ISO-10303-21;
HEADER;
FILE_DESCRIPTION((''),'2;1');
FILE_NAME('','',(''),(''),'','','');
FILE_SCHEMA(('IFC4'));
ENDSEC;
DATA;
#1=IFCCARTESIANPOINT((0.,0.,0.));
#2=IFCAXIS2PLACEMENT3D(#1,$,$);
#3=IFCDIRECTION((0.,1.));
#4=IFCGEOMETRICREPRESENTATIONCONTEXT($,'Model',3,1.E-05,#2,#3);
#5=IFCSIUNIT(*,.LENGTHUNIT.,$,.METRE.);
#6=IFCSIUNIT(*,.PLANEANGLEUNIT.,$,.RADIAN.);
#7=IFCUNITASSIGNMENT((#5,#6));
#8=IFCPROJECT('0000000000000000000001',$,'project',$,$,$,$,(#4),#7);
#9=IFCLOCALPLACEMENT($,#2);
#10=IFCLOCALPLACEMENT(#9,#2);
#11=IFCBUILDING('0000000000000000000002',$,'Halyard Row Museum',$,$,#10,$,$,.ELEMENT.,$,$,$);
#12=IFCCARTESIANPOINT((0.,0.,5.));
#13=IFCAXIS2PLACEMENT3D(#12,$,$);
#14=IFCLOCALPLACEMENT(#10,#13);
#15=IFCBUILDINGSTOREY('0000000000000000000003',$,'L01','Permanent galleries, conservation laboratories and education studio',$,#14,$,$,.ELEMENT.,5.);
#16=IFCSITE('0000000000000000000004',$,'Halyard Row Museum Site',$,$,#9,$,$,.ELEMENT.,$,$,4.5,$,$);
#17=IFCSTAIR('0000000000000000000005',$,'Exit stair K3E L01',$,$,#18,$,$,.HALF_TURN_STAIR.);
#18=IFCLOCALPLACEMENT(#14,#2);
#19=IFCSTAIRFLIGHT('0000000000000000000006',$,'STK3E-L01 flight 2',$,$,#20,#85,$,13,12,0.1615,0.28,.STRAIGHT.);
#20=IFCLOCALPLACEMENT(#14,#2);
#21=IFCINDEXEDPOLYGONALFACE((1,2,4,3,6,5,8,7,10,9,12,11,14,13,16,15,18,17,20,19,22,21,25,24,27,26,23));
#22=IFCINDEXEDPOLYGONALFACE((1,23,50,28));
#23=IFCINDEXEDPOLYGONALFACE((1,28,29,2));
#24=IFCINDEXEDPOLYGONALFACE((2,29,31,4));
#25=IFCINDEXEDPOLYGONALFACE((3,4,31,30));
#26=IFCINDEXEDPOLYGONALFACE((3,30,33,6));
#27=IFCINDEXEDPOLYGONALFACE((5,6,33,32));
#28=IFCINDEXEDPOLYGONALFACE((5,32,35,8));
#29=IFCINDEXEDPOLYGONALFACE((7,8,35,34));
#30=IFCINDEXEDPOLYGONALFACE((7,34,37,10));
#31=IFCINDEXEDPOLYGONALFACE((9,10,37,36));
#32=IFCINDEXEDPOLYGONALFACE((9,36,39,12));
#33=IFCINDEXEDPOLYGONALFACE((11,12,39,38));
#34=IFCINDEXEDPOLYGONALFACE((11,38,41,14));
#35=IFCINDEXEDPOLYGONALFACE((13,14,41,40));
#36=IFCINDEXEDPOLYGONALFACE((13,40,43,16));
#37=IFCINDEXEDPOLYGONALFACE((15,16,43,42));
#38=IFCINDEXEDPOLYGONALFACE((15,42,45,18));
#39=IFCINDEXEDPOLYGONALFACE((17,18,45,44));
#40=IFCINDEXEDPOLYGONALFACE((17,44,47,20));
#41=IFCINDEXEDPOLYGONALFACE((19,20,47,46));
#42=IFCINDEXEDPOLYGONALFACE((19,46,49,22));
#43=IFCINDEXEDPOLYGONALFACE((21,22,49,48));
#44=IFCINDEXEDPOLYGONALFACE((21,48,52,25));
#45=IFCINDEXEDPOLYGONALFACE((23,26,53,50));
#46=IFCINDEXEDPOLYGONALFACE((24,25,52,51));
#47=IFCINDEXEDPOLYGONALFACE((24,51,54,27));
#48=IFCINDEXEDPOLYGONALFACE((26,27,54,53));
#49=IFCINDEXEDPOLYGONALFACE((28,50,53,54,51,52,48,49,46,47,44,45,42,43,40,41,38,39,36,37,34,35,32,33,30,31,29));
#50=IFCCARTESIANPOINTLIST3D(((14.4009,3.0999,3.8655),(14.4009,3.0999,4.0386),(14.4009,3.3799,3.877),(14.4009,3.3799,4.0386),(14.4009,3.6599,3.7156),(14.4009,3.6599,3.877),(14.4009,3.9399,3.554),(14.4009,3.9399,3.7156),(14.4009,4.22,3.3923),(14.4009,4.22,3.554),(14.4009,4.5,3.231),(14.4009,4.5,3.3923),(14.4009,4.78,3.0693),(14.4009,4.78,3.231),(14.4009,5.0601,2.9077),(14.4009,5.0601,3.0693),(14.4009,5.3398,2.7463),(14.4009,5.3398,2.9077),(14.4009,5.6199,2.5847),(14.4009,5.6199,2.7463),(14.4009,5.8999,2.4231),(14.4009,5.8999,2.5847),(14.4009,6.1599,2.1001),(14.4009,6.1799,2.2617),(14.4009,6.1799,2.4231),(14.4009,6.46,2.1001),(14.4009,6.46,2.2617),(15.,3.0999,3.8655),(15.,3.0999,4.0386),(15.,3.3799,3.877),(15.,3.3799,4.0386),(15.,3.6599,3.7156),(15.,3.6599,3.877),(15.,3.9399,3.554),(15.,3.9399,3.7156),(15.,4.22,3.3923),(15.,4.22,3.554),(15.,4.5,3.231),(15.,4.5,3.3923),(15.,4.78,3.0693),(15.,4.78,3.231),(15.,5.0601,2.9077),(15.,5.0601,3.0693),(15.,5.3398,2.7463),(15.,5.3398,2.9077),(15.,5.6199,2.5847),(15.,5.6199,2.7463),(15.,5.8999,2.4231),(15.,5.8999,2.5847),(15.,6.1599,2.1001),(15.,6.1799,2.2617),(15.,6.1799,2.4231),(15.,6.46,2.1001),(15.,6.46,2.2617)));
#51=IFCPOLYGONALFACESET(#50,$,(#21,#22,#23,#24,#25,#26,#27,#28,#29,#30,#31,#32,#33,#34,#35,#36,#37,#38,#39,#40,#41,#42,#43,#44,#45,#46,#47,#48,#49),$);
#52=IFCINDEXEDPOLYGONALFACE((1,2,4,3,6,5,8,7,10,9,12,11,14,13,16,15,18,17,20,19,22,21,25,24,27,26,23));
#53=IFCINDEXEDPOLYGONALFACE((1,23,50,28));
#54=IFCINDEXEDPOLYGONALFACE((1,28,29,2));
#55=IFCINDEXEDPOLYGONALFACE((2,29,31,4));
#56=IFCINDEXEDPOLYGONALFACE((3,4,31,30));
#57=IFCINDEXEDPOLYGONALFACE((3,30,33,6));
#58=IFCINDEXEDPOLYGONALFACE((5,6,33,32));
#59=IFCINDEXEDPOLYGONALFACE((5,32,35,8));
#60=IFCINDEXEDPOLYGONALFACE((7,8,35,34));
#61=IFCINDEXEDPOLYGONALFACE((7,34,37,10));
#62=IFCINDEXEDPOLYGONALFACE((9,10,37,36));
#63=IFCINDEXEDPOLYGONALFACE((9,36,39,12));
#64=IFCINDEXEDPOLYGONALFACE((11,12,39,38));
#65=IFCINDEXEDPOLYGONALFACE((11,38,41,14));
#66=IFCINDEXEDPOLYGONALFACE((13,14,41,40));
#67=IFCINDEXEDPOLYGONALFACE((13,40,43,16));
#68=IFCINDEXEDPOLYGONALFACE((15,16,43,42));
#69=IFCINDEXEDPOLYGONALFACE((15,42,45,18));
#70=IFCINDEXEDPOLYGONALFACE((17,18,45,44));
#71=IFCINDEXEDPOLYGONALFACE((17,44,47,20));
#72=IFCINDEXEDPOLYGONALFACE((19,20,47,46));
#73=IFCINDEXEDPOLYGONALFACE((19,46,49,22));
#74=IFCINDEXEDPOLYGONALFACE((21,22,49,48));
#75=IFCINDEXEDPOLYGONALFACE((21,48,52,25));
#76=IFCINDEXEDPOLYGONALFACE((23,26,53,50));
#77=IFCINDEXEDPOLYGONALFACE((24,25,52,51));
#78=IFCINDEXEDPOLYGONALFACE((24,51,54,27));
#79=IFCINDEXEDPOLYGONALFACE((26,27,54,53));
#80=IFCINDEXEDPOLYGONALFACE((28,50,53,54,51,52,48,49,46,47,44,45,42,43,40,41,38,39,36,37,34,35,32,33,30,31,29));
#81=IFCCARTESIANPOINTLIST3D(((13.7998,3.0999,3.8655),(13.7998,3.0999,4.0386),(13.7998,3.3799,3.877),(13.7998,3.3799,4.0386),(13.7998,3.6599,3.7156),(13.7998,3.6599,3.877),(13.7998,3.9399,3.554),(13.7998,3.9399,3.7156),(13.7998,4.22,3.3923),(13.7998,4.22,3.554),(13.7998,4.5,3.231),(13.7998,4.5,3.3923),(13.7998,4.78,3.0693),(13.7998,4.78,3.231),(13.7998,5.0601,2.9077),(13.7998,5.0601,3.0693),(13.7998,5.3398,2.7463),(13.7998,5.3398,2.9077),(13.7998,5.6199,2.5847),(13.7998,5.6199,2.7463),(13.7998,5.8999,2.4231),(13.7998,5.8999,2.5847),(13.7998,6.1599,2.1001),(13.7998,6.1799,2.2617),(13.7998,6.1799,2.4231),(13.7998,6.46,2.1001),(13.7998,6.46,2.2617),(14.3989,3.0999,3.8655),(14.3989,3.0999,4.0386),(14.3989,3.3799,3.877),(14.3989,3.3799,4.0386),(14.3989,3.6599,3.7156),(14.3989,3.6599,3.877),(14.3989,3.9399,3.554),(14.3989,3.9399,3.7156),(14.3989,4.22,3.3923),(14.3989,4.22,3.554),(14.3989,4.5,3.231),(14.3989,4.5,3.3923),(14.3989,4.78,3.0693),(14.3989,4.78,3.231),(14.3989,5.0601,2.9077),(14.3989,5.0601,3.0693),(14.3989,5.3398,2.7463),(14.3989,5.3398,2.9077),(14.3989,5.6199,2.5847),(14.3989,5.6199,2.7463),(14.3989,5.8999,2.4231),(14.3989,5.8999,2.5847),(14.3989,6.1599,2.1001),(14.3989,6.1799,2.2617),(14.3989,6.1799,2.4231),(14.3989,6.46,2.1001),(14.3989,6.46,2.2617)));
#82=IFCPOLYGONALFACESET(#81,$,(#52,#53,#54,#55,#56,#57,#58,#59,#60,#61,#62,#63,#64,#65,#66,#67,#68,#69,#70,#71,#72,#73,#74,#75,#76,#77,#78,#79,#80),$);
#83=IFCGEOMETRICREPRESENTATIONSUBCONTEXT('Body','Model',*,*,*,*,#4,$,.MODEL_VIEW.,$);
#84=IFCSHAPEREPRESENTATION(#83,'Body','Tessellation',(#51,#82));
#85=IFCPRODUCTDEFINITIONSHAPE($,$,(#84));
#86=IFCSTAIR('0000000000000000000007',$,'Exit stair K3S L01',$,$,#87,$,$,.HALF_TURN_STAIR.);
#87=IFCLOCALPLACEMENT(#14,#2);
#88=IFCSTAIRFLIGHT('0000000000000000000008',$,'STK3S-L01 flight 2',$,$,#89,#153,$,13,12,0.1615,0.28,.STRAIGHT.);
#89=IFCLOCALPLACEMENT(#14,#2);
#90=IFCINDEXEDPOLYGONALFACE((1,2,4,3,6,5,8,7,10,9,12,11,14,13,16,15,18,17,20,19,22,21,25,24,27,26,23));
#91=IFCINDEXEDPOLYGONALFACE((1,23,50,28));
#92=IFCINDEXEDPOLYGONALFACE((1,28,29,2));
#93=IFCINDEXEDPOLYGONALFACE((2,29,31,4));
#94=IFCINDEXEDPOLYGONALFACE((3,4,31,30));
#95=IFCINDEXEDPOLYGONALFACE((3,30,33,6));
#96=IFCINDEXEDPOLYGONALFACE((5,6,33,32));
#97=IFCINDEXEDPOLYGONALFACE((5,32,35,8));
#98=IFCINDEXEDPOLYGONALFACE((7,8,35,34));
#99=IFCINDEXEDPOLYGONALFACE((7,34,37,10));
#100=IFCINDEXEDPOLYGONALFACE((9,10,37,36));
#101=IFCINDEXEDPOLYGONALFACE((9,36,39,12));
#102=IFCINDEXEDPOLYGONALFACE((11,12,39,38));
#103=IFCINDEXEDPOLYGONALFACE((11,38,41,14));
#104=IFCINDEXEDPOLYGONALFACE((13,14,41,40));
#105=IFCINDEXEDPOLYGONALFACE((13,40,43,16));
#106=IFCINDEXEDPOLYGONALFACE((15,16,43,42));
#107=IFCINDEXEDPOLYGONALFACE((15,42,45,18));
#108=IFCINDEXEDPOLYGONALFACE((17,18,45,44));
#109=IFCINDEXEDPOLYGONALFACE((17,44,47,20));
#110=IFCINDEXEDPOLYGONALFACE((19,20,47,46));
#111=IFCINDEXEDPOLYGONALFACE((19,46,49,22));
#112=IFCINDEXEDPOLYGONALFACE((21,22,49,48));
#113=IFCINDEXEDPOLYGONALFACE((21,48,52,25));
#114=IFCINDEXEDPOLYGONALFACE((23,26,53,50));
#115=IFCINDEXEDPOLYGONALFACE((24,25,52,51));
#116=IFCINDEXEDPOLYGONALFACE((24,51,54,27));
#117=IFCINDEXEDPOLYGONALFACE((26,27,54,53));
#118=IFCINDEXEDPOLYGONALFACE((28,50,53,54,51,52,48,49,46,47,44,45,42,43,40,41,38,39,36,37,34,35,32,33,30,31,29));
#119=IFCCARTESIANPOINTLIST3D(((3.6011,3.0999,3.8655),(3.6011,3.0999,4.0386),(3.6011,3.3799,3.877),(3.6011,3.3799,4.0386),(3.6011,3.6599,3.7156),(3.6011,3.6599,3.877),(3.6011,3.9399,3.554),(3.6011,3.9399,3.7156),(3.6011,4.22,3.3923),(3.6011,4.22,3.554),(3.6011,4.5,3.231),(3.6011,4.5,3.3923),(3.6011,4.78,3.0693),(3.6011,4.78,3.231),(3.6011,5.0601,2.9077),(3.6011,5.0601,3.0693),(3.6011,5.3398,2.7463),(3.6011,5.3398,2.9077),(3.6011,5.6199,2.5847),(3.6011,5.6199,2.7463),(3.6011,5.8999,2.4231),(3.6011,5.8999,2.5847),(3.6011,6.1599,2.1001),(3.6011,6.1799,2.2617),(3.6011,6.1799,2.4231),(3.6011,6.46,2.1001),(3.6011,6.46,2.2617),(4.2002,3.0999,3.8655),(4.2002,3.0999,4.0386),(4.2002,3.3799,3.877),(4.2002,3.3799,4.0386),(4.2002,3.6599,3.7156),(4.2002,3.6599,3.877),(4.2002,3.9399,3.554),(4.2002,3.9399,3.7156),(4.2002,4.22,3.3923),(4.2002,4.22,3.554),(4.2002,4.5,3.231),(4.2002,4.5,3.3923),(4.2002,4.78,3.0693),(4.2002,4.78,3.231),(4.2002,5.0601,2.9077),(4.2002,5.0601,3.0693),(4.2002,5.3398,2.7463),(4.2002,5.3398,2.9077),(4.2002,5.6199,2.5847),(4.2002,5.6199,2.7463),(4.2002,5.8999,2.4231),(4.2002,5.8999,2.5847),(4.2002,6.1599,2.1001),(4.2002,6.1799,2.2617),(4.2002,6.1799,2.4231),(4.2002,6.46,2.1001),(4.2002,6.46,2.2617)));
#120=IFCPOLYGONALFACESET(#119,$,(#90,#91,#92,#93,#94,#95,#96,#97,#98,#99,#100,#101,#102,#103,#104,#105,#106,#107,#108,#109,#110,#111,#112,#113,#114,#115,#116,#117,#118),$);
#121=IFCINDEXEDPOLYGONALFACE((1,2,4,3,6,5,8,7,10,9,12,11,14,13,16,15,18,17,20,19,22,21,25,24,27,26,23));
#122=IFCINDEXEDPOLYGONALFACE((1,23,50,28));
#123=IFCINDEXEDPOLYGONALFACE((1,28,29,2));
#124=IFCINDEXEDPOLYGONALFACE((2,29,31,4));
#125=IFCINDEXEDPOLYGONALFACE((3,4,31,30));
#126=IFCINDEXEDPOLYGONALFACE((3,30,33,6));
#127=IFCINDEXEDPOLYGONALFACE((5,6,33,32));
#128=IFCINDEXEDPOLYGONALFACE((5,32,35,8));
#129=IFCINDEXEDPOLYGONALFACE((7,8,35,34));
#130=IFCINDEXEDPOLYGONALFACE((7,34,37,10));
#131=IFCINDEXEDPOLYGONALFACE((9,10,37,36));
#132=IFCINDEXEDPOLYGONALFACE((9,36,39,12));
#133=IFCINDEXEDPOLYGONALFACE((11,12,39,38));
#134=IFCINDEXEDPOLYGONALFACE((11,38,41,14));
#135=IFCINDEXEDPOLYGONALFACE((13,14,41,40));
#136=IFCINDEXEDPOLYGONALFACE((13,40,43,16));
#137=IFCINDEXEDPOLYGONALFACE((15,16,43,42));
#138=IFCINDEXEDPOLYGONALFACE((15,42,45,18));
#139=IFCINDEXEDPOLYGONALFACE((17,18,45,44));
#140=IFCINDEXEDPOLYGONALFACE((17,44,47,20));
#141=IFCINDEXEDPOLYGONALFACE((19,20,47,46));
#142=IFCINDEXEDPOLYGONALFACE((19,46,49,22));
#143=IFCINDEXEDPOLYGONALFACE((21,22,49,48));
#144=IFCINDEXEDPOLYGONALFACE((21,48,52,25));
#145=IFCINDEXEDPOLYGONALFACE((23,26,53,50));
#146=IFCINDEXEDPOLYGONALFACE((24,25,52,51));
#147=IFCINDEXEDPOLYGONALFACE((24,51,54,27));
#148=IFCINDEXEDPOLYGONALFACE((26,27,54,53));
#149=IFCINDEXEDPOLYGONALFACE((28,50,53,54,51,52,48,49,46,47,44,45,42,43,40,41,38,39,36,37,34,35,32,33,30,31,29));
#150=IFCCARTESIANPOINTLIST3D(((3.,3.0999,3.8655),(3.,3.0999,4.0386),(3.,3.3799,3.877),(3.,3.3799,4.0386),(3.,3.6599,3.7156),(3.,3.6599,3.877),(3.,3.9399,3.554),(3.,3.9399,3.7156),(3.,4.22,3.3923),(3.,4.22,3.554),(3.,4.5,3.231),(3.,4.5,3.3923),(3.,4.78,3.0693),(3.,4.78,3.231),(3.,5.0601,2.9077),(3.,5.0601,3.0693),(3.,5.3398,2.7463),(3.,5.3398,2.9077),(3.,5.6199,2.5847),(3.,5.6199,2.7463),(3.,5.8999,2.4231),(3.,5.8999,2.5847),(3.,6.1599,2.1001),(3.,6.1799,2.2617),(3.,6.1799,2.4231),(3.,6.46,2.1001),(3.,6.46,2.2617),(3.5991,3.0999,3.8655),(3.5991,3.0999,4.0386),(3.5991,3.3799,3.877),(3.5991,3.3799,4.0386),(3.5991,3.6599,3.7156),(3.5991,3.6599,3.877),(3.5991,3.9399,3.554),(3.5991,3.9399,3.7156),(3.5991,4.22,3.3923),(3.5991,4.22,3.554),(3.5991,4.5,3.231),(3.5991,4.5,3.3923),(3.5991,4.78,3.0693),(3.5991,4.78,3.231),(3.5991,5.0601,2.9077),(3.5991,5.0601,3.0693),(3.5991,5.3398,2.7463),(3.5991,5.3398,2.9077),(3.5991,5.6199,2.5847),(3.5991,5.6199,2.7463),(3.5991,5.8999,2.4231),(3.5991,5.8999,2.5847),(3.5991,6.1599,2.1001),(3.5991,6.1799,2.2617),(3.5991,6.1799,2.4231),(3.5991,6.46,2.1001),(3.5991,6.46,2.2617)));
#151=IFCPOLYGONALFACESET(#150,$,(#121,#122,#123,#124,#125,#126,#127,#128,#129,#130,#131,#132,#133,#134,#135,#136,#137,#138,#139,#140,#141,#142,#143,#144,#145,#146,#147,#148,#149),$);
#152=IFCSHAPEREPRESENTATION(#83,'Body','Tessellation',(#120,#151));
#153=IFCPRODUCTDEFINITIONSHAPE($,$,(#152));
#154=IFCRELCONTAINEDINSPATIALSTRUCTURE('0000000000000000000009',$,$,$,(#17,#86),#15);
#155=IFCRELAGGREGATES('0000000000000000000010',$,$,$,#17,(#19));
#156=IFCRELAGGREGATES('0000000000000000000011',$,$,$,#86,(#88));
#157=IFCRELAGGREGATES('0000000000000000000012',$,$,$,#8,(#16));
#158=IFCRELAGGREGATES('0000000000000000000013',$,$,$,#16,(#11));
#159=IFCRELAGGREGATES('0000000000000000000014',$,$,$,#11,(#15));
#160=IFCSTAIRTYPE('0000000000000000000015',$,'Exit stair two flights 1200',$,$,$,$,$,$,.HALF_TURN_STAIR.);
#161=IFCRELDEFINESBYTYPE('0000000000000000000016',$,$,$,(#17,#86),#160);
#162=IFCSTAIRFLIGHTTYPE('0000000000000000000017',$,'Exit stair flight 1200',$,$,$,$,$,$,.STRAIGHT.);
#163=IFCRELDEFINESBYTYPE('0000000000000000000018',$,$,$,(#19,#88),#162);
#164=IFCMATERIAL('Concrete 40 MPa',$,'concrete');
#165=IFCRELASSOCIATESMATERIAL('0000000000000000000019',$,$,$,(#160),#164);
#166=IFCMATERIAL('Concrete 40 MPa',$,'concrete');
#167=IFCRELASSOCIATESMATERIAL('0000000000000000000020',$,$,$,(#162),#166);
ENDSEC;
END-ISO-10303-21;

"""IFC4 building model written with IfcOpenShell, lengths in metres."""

from ifc_helpers import new_model, si_unit, direction, frame, origin, place, context, subcontext, project, spatial, polyline, outline, extrude, material, type_object, element, aggregate, save


model = new_model("IFC4")

# Units and contexts
model_context = context("Model", 3, precision=1e-05, world=origin(), true_north=direction((0.0, 1.0)))
body_context = subcontext(model_context, "Body", "Model", "MODEL_VIEW")
ifc_project = project(units=[si_unit("LENGTHUNIT", "METRE"), si_unit("PLANEANGLEUNIT", "RADIAN")], contexts=[model_context])

# Site, building, storey
site_placement = place(None, origin())
site = spatial("IfcSite", under=ifc_project, at=site_placement, Name="Halyard Row Museum Site", CompositionType="ELEMENT", RefElevation=4.5)
building_placement = place(site_placement, origin())
building = spatial("IfcBuilding", under=site, at=building_placement, Name="Halyard Row Museum", CompositionType="ELEMENT")
storey_placement = place(building_placement, frame((0.0, 0.0, 5.0)))
storey = spatial("IfcBuildingStorey", under=building, at=storey_placement, Name="L01", Description="Permanent galleries, conservation laboratories and education studio", CompositionType="ELEMENT", Elevation=5.0)

# Stairs, stair flights
ifc_material_1 = material(Name="Concrete 40 MPa", Category="concrete")
stair_type = type_object("IfcStairType", Name="Exit stair two flights 1200", PredefinedType="HALF_TURN_STAIR", material=ifc_material_1)
stair_1_placement = place(storey_placement, origin())
stair_1 = element("IfcStair", 1, at=stair_1_placement, inside=storey, type_object=stair_type, Name="Exit stair K3E L01", PredefinedType="HALF_TURN_STAIR")
ifc_material_2 = material(Name="Concrete 40 MPa", Category="concrete")
stair_flight_type = type_object("IfcStairFlightType", Name="Exit stair flight 1200", PredefinedType="STRAIGHT", material=ifc_material_2)
stair_flight_1_placement = place(storey_placement, frame((14.3999, 6.46, 2.1001), z_axis=(0.0, 0.0, 1.0), x_axis=(0.0, -1.0, 0.0)))
stair_flight_1 = element("IfcStairFlight", 2, at=stair_flight_1_placement, type_object=stair_flight_type, Name="STK3E-L01 flight 2", NumberOfRisers=13, NumberOfTreads=12, PredefinedType="STRAIGHT", RiserHeight=0.1615, TreadLength=0.28, context=body_context, shape_type="SweptSolid", body=[
    extrude(outline(polyline([(0.0, 0.0), (0.0, 0.1616), (0.28, 0.1616), (0.28, 0.323), (0.5601, 0.323), (0.5601, 0.4846), (0.8401, 0.4846), (0.8401, 0.6462), (1.1201, 0.6462), (1.1201, 0.8076), (1.3999, 0.8076), (1.3999, 0.9692), (1.6799, 0.9692), (1.6799, 1.1309), (1.96, 1.1309), (1.96, 1.2922), (2.24, 1.2922), (2.24, 1.4539), (2.52, 1.4539), (2.52, 1.6155), (2.8, 1.6155), (2.8, 1.7769), (3.0801, 1.7769), (3.0801, 1.9385), (3.3601, 1.9385), (3.3601, 2.1001), (3.3601, 1.7654), (0.3, 0.0), (0.0, 0.0)])), frame((0.0, 0.6001, 0.0), z_axis=(0.0, -1.0, 0.0), x_axis=(1.0, 0.0, 0.0)), (0.0, 0.0, 1.0), 0.5991),
    extrude(outline(polyline([(0.0, 0.0), (0.0, 0.1616), (0.28, 0.1616), (0.28, 0.323), (0.5601, 0.323), (0.5601, 0.4846), (0.8401, 0.4846), (0.8401, 0.6462), (1.1201, 0.6462), (1.1201, 0.8076), (1.3999, 0.8076), (1.3999, 0.9692), (1.6799, 0.9692), (1.6799, 1.1309), (1.96, 1.1309), (1.96, 1.2922), (2.24, 1.2922), (2.24, 1.4539), (2.52, 1.4539), (2.52, 1.6155), (2.8, 1.6155), (2.8, 1.7769), (3.0801, 1.7769), (3.0801, 1.9385), (3.3601, 1.9385), (3.3601, 2.1001), (3.3601, 1.7654), (0.3, 0.0), (0.0, 0.0)])), frame((0.0, -0.001, 0.0), z_axis=(0.0, -1.0, 0.0), x_axis=(1.0, 0.0, 0.0)), (0.0, 0.0, 1.0), 0.5991),
])
aggregate(stair_1, [stair_flight_1])
stair_2_placement = place(storey_placement, origin())
stair_2 = element("IfcStair", 3, at=stair_2_placement, inside=storey, type_object=stair_type, Name="Exit stair K3S L01", PredefinedType="HALF_TURN_STAIR")
stair_flight_2_placement = place(storey_placement, frame((3.6001, 6.46, 2.1001), z_axis=(0.0, 0.0, 1.0), x_axis=(0.0, -1.0, 0.0)))
stair_flight_2 = element("IfcStairFlight", 4, at=stair_flight_2_placement, type_object=stair_flight_type, Name="STK3S-L01 flight 2", NumberOfRisers=13, NumberOfTreads=12, PredefinedType="STRAIGHT", RiserHeight=0.1615, TreadLength=0.28, context=body_context, shape_type="SweptSolid", body=[
    extrude(outline(polyline([(0.0, 0.0), (0.0, 0.1616), (0.28, 0.1616), (0.28, 0.323), (0.5601, 0.323), (0.5601, 0.4846), (0.8401, 0.4846), (0.8401, 0.6462), (1.1201, 0.6462), (1.1201, 0.8076), (1.3999, 0.8076), (1.3999, 0.9692), (1.6799, 0.9692), (1.6799, 1.1309), (1.96, 1.1309), (1.96, 1.2922), (2.24, 1.2922), (2.24, 1.4539), (2.52, 1.4539), (2.52, 1.6155), (2.8, 1.6155), (2.8, 1.7769), (3.0801, 1.7769), (3.0801, 1.9385), (3.3601, 1.9385), (3.3601, 2.1001), (3.3601, 1.7654), (0.3, 0.0), (0.0, 0.0)])), frame((0.0, 0.6001, 0.0), z_axis=(0.0, -1.0, 0.0), x_axis=(1.0, 0.0, 0.0)), (0.0, 0.0, 1.0), 0.5991),
    extrude(outline(polyline([(0.0, 0.0), (0.0, 0.1616), (0.28, 0.1616), (0.28, 0.323), (0.5601, 0.323), (0.5601, 0.4846), (0.8401, 0.4846), (0.8401, 0.6462), (1.1201, 0.6462), (1.1201, 0.8076), (1.3999, 0.8076), (1.3999, 0.9692), (1.6799, 0.9692), (1.6799, 1.1309), (1.96, 1.1309), (1.96, 1.2922), (2.24, 1.2922), (2.24, 1.4539), (2.52, 1.4539), (2.52, 1.6155), (2.8, 1.6155), (2.8, 1.7769), (3.0801, 1.7769), (3.0801, 1.9385), (3.3601, 1.9385), (3.3601, 2.1001), (3.3601, 1.7654), (0.3, 0.0), (0.0, 0.0)])), frame((0.0, -0.001, 0.0), z_axis=(0.0, -1.0, 0.0), x_axis=(1.0, 0.0, 0.0)), (0.0, 0.0, 1.0), 0.5991),
])
aggregate(stair_2, [stair_flight_2])

save(model, "model.ifc")
